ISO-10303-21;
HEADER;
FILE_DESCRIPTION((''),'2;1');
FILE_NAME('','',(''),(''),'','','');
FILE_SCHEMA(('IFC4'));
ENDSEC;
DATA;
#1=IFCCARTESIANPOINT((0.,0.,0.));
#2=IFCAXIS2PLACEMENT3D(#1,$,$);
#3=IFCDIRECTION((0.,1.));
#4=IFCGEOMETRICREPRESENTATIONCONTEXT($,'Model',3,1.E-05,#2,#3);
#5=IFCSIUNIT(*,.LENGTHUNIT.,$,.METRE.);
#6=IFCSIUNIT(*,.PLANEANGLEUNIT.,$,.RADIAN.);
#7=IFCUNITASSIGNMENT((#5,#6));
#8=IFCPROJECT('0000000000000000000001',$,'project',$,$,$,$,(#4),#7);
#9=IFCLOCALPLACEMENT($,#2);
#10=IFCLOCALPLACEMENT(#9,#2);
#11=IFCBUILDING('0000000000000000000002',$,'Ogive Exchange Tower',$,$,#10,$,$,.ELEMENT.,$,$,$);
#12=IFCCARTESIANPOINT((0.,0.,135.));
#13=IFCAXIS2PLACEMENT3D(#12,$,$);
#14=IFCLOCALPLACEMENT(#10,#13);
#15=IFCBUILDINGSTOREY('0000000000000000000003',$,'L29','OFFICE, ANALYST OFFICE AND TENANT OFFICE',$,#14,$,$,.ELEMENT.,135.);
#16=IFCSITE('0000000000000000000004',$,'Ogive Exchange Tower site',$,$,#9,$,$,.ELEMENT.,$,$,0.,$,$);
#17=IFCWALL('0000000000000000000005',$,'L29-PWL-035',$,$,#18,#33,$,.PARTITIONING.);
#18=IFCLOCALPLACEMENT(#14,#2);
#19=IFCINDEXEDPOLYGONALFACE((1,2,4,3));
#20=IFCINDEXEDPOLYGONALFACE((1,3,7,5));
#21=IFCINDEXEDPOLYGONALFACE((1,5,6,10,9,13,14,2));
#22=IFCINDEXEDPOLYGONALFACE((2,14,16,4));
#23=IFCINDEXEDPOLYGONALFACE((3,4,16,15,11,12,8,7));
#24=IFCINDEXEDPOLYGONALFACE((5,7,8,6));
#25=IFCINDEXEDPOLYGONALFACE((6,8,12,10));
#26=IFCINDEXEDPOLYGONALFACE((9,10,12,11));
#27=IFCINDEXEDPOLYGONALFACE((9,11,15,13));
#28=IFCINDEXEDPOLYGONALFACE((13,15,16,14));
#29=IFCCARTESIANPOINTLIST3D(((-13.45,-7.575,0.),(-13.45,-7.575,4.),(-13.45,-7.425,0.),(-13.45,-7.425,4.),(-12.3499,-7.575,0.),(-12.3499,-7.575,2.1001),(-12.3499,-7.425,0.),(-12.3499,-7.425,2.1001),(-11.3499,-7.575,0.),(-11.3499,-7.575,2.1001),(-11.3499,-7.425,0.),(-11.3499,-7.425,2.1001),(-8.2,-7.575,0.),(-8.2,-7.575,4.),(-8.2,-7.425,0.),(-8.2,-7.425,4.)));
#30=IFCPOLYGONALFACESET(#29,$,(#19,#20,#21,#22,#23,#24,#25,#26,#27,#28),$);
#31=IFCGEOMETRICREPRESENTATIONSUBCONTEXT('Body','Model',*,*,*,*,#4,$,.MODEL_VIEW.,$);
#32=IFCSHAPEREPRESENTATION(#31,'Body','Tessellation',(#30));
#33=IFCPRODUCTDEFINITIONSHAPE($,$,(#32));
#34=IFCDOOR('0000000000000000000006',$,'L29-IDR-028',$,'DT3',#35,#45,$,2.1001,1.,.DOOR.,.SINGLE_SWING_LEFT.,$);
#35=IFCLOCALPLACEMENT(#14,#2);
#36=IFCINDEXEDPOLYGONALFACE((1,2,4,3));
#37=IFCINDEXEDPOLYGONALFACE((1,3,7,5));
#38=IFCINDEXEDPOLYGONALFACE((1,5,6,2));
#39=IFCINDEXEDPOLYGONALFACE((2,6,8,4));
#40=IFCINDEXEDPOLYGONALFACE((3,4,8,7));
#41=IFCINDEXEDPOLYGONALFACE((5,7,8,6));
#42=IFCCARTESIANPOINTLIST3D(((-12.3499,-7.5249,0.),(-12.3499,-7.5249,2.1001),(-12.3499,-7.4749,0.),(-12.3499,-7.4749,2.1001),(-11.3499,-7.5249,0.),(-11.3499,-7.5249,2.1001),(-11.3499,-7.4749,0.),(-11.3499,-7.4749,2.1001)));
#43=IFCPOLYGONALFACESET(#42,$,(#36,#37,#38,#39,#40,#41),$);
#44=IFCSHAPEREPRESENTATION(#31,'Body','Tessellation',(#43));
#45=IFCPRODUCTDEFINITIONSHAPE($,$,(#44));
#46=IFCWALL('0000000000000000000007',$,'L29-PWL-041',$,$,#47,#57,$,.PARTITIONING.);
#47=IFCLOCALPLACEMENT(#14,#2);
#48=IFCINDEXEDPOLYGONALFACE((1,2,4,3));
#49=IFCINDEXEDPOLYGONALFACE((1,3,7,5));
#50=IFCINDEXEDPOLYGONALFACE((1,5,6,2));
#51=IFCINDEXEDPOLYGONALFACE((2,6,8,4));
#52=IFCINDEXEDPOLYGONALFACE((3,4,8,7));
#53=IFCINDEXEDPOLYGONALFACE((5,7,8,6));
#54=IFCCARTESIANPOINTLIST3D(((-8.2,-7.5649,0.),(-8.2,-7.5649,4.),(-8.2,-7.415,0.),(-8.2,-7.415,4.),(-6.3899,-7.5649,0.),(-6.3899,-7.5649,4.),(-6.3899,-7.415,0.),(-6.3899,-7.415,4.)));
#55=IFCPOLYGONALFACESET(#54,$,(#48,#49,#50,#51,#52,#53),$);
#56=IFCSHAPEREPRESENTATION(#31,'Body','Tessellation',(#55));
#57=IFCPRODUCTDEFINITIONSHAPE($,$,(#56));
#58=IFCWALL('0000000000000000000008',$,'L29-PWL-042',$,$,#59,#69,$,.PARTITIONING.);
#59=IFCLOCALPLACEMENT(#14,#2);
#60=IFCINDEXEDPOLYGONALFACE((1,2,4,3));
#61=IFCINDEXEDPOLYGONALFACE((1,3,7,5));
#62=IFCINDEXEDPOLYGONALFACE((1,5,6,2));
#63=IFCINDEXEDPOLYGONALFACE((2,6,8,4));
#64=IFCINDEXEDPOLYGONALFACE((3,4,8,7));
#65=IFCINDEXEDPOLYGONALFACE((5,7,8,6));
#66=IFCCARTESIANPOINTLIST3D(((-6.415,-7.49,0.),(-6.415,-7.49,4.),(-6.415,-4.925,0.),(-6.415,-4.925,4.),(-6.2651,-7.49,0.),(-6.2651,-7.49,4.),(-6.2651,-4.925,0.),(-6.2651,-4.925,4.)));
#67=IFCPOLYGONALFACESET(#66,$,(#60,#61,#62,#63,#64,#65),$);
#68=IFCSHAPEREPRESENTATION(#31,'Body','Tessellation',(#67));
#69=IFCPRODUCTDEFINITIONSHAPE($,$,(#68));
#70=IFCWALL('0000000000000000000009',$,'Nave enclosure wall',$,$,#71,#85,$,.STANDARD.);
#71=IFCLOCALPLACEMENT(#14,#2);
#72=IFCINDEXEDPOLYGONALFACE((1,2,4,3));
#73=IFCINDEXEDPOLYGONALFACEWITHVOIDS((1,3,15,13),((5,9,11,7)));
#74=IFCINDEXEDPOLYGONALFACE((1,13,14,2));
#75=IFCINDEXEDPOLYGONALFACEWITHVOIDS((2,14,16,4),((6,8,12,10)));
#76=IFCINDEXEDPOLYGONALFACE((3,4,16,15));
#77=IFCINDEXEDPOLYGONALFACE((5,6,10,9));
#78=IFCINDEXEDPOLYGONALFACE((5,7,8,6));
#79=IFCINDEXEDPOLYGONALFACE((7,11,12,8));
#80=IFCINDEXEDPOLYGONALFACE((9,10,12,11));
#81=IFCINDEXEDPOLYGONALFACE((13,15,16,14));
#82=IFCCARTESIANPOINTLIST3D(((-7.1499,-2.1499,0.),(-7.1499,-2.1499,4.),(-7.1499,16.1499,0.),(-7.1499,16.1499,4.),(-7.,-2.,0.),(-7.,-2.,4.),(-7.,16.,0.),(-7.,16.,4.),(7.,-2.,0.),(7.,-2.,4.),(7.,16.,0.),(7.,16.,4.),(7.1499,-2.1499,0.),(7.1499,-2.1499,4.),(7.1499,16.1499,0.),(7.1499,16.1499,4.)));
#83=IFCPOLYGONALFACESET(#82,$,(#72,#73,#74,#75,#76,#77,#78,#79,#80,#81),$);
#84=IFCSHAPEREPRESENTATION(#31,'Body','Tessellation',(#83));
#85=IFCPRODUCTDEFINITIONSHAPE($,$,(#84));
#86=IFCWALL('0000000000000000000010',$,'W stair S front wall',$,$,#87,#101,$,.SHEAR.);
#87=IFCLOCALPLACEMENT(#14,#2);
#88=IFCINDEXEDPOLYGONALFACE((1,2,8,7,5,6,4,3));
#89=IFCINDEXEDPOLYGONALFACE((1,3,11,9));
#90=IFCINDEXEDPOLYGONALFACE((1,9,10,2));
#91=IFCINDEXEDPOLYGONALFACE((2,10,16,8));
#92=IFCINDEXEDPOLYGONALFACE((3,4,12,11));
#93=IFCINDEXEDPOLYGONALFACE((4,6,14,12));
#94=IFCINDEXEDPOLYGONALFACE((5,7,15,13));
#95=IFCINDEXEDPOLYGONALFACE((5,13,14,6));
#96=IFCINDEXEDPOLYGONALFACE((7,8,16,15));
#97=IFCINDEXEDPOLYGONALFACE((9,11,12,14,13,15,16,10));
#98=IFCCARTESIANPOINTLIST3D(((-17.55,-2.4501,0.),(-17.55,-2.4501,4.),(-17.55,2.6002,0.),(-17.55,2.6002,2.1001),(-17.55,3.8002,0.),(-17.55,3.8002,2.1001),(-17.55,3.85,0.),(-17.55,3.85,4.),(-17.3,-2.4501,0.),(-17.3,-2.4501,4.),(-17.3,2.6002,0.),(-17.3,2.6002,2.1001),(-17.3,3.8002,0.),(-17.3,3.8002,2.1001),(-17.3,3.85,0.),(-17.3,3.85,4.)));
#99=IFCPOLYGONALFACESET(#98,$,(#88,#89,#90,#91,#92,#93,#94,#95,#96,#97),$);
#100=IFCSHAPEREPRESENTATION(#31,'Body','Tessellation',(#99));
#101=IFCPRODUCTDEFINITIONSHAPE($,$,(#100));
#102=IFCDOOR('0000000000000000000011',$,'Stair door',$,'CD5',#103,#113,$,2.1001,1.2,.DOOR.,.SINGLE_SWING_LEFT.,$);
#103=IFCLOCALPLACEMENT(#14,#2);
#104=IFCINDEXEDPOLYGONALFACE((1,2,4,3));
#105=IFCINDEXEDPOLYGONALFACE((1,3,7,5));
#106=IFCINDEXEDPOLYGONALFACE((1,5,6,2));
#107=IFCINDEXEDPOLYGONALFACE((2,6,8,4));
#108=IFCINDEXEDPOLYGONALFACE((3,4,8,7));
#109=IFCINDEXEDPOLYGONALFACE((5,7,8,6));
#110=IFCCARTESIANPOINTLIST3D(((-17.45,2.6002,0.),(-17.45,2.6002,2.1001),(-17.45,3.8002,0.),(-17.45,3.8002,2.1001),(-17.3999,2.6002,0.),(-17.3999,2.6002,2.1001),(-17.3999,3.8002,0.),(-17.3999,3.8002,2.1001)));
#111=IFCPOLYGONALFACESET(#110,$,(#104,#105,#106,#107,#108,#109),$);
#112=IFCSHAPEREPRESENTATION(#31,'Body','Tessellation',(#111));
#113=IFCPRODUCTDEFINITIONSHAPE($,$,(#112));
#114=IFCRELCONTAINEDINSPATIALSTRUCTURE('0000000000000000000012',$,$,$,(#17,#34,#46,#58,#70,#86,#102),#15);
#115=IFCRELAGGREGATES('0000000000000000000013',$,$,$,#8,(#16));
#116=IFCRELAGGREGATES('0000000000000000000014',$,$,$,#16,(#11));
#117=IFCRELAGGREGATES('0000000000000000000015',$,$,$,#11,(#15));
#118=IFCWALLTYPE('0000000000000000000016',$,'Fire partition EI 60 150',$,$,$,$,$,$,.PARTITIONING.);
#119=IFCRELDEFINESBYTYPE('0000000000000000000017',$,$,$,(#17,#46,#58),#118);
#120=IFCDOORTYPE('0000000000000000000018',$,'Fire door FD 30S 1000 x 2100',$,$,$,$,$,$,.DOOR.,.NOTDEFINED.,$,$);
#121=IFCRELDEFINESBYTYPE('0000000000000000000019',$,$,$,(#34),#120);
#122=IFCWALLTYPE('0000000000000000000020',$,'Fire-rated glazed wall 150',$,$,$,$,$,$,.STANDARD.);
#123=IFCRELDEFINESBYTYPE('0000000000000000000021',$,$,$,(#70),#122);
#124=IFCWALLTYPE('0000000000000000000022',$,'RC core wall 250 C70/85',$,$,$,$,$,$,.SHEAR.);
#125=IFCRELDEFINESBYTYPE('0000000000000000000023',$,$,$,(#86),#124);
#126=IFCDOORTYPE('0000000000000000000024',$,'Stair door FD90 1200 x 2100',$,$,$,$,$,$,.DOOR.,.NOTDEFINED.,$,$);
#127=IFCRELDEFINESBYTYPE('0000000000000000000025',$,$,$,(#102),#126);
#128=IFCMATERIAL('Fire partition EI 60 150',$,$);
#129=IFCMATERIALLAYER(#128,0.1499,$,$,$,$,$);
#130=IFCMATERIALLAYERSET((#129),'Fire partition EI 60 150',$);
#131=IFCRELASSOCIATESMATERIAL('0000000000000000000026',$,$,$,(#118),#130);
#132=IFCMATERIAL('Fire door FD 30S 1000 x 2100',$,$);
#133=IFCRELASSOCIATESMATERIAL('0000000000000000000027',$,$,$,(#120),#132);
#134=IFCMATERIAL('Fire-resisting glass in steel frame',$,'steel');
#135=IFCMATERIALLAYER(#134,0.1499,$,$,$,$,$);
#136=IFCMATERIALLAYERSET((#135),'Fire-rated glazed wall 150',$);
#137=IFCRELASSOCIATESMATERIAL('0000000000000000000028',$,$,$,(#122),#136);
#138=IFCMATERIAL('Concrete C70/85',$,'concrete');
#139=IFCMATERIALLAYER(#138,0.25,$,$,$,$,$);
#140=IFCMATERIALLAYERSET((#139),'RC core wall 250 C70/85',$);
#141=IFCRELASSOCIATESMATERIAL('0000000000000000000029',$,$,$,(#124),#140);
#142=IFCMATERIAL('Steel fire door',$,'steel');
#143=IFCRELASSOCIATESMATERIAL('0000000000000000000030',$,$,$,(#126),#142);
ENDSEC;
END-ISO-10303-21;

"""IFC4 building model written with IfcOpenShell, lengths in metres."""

from ifc_helpers import new_model, si_unit, direction, frame, frame_2d, origin, place, context, subcontext, project, spatial, polyline, rectangle, outline, extrude, material, layer, layer_set, type_object, element, fill, save


model = new_model("IFC4")

# Units and contexts
model_context = context("Model", 3, precision=1e-05, world=origin(), true_north=direction((0.0, 1.0)))
body_context = subcontext(model_context, "Body", "Model", "MODEL_VIEW")
ifc_project = project(units=[si_unit("LENGTHUNIT", "METRE"), si_unit("PLANEANGLEUNIT", "RADIAN")], contexts=[model_context])

# Site, building, storey
site_placement = place(None, origin())
site = spatial("IfcSite", under=ifc_project, at=site_placement, Name="Ogive Exchange Tower site", CompositionType="ELEMENT", RefElevation=0.0)
building_placement = place(site_placement, origin())
building = spatial("IfcBuilding", under=site, at=building_placement, Name="Ogive Exchange Tower", CompositionType="ELEMENT")
storey_placement = place(building_placement, frame((0.0, 0.0, 135.0)))
storey = spatial("IfcBuildingStorey", under=building, at=storey_placement, Name="L29", Description="OFFICE, ANALYST OFFICE AND TENANT OFFICE", CompositionType="ELEMENT", Elevation=135.0)

# Wall, opening, door
ifc_material_1 = material(Name="Fire partition EI 60 150")
ifc_layer_1 = layer(ifc_material_1, 0.1499)
ifc_layer_set_1 = layer_set([ifc_layer_1], Name="Fire partition EI 60 150")
wall_type_1 = type_object("IfcWallType", Name="Fire partition EI 60 150", PredefinedType="PARTITIONING", material=ifc_layer_set_1)
wall_1_placement = place(storey_placement, frame((-8.2, -7.5, 0.0), z_axis=(0.0, 0.0, 1.0), x_axis=(-1.0, 0.0, 0.0)))
wall_1 = element("IfcWall", 1, at=wall_1_placement, inside=storey, type_object=wall_type_1, Name="L29-PWL-035", PredefinedType="PARTITIONING", context=body_context, shape_type="SweptSolid", body=[
    extrude(rectangle(XDim=5.25, YDim=0.1499, at=frame_2d((2.625, 0.0))), origin(), (0.0, 0.0, 1.0), 4.0),
])
opening_1_placement = place(wall_1_placement, frame((3.1499, 0.0, 0.0)))
opening_1 = element("IfcOpeningElement", 2, at=opening_1_placement, cuts=wall_1, PredefinedType="OPENING", context=body_context, shape_type="SweptSolid", body=[
    extrude(rectangle(XDim=1.0, YDim=2.1001, at=frame_2d((0.5, 1.05))), frame((0.0, 0.085, 0.0), z_axis=(0.0, -1.0, 0.0), x_axis=(1.0, 0.0, 0.0)), (0.0, 0.0, 1.0), 0.1699),
])
ifc_material_2 = material(Name="Fire door FD 30S 1000 x 2100")
door_type_1 = type_object("IfcDoorType", Name="Fire door FD 30S 1000 x 2100", OperationType="NOTDEFINED", PredefinedType="DOOR", material=ifc_material_2)
door_1_placement = place(opening_1_placement, origin())
door_1 = element("IfcDoor", 3, at=door_1_placement, inside=storey, type_object=door_type_1, Name="L29-IDR-028", ObjectType="DT3", OperationType="SINGLE_SWING_LEFT", OverallHeight=2.1001, OverallWidth=1.0, PredefinedType="DOOR", context=body_context, shape_type="SweptSolid", body=[
    extrude(rectangle(XDim=1.0, YDim=2.1001, at=frame_2d((0.5, 1.05))), frame((0.0, 0.0249, 0.0), z_axis=(0.0, -1.0, 0.0), x_axis=(1.0, 0.0, 0.0)), (0.0, 0.0, 1.0), 0.05),
])
fill(opening_1, door_1)

# Walls
wall_2_placement = place(storey_placement, frame((-6.3899, -7.49, 0.0), z_axis=(0.0, 0.0, 1.0), x_axis=(-1.0, 0.0, 0.0)))
element("IfcWall", 4, at=wall_2_placement, inside=storey, type_object=wall_type_1, Name="L29-PWL-041", PredefinedType="PARTITIONING", context=body_context, shape_type="SweptSolid", body=[
    extrude(rectangle(XDim=1.8101, YDim=0.1499, at=frame_2d((0.905, 0.0))), origin(), (0.0, 0.0, 1.0), 4.0),
])
wall_3_placement = place(storey_placement, frame((-6.3401, -4.925, 0.0), z_axis=(0.0, 0.0, 1.0), x_axis=(0.0, -1.0, 0.0)))
element("IfcWall", 5, at=wall_3_placement, inside=storey, type_object=wall_type_1, Name="L29-PWL-042", PredefinedType="PARTITIONING", context=body_context, shape_type="SweptSolid", body=[
    extrude(rectangle(XDim=2.5649, YDim=0.1499, at=frame_2d((1.2825, 0.0))), origin(), (0.0, 0.0, 1.0), 4.0),
])
ifc_material_3 = material(Name="Fire-resisting glass in steel frame", Category="steel")
ifc_layer_2 = layer(ifc_material_3, 0.1499)
ifc_layer_set_2 = layer_set([ifc_layer_2], Name="Fire-rated glazed wall 150")
wall_type_2 = type_object("IfcWallType", Name="Fire-rated glazed wall 150", PredefinedType="STANDARD", material=ifc_layer_set_2)
wall_4_placement = place(storey_placement, origin())
element("IfcWall", 6, at=wall_4_placement, inside=storey, type_object=wall_type_2, Name="Nave enclosure wall", PredefinedType="STANDARD", context=body_context, shape_type="SweptSolid", body=[
    extrude(outline(polyline([(-7.1499, -2.1499), (7.1499, -2.1499), (7.1499, 16.1499), (-7.1499, 16.1499), (-7.1499, -2.1499)]), holes=[polyline([(-7.0, -2.0), (-7.0, 16.0), (7.0, 16.0), (7.0, -2.0), (-7.0, -2.0)])]), origin(), (0.0, 0.0, 1.0), 4.0),
])

# Wall, opening, door
ifc_material_4 = material(Name="Concrete C70/85", Category="concrete")
ifc_layer_3 = layer(ifc_material_4, 0.25)
ifc_layer_set_3 = layer_set([ifc_layer_3], Name="RC core wall 250 C70/85")
wall_type_3 = type_object("IfcWallType", Name="RC core wall 250 C70/85", PredefinedType="SHEAR", material=ifc_layer_set_3)
wall_5_placement = place(storey_placement, frame((-17.425, -2.45, 0.0), z_axis=(0.0, 0.0, 1.0), x_axis=(0.0, 1.0, 0.0)))
wall_5 = element("IfcWall", 7, at=wall_5_placement, inside=storey, type_object=wall_type_3, Name="W stair S front wall", PredefinedType="SHEAR", context=body_context, shape_type="SweptSolid", body=[
    extrude(rectangle(XDim=6.3, YDim=0.25, at=frame_2d((3.1499, 0.0))), origin(), (0.0, 0.0, 1.0), 4.0),
])
opening_2_placement = place(wall_5_placement, frame((5.05, 0.0, 0.0)))
opening_2 = element("IfcOpeningElement", 8, at=opening_2_placement, cuts=wall_5, PredefinedType="OPENING", context=body_context, shape_type="SweptSolid", body=[
    extrude(rectangle(XDim=1.2, YDim=2.1001, at=frame_2d((0.6001, 1.05))), frame((0.0, 0.135, 0.0), z_axis=(0.0, -1.0, 0.0), x_axis=(1.0, 0.0, 0.0)), (0.0, 0.0, 1.0), 0.27),
])
ifc_material_5 = material(Name="Steel fire door", Category="steel")
door_type_2 = type_object("IfcDoorType", Name="Stair door FD90 1200 x 2100", OperationType="NOTDEFINED", PredefinedType="DOOR", material=ifc_material_5)
door_2_placement = place(opening_2_placement, origin())
door_2 = element("IfcDoor", 9, at=door_2_placement, inside=storey, type_object=door_type_2, Name="Stair door", ObjectType="CD5", OperationType="SINGLE_SWING_LEFT", OverallHeight=2.1001, OverallWidth=1.2, PredefinedType="DOOR", context=body_context, shape_type="SweptSolid", body=[
    extrude(rectangle(XDim=1.2, YDim=2.1001, at=frame_2d((0.6001, 1.05))), frame((0.0, 0.0249, 0.0), z_axis=(0.0, -1.0, 0.0), x_axis=(1.0, 0.0, 0.0)), (0.0, 0.0, 1.0), 0.05),
])
fill(opening_2, door_2)

save(model, "model.ifc")
